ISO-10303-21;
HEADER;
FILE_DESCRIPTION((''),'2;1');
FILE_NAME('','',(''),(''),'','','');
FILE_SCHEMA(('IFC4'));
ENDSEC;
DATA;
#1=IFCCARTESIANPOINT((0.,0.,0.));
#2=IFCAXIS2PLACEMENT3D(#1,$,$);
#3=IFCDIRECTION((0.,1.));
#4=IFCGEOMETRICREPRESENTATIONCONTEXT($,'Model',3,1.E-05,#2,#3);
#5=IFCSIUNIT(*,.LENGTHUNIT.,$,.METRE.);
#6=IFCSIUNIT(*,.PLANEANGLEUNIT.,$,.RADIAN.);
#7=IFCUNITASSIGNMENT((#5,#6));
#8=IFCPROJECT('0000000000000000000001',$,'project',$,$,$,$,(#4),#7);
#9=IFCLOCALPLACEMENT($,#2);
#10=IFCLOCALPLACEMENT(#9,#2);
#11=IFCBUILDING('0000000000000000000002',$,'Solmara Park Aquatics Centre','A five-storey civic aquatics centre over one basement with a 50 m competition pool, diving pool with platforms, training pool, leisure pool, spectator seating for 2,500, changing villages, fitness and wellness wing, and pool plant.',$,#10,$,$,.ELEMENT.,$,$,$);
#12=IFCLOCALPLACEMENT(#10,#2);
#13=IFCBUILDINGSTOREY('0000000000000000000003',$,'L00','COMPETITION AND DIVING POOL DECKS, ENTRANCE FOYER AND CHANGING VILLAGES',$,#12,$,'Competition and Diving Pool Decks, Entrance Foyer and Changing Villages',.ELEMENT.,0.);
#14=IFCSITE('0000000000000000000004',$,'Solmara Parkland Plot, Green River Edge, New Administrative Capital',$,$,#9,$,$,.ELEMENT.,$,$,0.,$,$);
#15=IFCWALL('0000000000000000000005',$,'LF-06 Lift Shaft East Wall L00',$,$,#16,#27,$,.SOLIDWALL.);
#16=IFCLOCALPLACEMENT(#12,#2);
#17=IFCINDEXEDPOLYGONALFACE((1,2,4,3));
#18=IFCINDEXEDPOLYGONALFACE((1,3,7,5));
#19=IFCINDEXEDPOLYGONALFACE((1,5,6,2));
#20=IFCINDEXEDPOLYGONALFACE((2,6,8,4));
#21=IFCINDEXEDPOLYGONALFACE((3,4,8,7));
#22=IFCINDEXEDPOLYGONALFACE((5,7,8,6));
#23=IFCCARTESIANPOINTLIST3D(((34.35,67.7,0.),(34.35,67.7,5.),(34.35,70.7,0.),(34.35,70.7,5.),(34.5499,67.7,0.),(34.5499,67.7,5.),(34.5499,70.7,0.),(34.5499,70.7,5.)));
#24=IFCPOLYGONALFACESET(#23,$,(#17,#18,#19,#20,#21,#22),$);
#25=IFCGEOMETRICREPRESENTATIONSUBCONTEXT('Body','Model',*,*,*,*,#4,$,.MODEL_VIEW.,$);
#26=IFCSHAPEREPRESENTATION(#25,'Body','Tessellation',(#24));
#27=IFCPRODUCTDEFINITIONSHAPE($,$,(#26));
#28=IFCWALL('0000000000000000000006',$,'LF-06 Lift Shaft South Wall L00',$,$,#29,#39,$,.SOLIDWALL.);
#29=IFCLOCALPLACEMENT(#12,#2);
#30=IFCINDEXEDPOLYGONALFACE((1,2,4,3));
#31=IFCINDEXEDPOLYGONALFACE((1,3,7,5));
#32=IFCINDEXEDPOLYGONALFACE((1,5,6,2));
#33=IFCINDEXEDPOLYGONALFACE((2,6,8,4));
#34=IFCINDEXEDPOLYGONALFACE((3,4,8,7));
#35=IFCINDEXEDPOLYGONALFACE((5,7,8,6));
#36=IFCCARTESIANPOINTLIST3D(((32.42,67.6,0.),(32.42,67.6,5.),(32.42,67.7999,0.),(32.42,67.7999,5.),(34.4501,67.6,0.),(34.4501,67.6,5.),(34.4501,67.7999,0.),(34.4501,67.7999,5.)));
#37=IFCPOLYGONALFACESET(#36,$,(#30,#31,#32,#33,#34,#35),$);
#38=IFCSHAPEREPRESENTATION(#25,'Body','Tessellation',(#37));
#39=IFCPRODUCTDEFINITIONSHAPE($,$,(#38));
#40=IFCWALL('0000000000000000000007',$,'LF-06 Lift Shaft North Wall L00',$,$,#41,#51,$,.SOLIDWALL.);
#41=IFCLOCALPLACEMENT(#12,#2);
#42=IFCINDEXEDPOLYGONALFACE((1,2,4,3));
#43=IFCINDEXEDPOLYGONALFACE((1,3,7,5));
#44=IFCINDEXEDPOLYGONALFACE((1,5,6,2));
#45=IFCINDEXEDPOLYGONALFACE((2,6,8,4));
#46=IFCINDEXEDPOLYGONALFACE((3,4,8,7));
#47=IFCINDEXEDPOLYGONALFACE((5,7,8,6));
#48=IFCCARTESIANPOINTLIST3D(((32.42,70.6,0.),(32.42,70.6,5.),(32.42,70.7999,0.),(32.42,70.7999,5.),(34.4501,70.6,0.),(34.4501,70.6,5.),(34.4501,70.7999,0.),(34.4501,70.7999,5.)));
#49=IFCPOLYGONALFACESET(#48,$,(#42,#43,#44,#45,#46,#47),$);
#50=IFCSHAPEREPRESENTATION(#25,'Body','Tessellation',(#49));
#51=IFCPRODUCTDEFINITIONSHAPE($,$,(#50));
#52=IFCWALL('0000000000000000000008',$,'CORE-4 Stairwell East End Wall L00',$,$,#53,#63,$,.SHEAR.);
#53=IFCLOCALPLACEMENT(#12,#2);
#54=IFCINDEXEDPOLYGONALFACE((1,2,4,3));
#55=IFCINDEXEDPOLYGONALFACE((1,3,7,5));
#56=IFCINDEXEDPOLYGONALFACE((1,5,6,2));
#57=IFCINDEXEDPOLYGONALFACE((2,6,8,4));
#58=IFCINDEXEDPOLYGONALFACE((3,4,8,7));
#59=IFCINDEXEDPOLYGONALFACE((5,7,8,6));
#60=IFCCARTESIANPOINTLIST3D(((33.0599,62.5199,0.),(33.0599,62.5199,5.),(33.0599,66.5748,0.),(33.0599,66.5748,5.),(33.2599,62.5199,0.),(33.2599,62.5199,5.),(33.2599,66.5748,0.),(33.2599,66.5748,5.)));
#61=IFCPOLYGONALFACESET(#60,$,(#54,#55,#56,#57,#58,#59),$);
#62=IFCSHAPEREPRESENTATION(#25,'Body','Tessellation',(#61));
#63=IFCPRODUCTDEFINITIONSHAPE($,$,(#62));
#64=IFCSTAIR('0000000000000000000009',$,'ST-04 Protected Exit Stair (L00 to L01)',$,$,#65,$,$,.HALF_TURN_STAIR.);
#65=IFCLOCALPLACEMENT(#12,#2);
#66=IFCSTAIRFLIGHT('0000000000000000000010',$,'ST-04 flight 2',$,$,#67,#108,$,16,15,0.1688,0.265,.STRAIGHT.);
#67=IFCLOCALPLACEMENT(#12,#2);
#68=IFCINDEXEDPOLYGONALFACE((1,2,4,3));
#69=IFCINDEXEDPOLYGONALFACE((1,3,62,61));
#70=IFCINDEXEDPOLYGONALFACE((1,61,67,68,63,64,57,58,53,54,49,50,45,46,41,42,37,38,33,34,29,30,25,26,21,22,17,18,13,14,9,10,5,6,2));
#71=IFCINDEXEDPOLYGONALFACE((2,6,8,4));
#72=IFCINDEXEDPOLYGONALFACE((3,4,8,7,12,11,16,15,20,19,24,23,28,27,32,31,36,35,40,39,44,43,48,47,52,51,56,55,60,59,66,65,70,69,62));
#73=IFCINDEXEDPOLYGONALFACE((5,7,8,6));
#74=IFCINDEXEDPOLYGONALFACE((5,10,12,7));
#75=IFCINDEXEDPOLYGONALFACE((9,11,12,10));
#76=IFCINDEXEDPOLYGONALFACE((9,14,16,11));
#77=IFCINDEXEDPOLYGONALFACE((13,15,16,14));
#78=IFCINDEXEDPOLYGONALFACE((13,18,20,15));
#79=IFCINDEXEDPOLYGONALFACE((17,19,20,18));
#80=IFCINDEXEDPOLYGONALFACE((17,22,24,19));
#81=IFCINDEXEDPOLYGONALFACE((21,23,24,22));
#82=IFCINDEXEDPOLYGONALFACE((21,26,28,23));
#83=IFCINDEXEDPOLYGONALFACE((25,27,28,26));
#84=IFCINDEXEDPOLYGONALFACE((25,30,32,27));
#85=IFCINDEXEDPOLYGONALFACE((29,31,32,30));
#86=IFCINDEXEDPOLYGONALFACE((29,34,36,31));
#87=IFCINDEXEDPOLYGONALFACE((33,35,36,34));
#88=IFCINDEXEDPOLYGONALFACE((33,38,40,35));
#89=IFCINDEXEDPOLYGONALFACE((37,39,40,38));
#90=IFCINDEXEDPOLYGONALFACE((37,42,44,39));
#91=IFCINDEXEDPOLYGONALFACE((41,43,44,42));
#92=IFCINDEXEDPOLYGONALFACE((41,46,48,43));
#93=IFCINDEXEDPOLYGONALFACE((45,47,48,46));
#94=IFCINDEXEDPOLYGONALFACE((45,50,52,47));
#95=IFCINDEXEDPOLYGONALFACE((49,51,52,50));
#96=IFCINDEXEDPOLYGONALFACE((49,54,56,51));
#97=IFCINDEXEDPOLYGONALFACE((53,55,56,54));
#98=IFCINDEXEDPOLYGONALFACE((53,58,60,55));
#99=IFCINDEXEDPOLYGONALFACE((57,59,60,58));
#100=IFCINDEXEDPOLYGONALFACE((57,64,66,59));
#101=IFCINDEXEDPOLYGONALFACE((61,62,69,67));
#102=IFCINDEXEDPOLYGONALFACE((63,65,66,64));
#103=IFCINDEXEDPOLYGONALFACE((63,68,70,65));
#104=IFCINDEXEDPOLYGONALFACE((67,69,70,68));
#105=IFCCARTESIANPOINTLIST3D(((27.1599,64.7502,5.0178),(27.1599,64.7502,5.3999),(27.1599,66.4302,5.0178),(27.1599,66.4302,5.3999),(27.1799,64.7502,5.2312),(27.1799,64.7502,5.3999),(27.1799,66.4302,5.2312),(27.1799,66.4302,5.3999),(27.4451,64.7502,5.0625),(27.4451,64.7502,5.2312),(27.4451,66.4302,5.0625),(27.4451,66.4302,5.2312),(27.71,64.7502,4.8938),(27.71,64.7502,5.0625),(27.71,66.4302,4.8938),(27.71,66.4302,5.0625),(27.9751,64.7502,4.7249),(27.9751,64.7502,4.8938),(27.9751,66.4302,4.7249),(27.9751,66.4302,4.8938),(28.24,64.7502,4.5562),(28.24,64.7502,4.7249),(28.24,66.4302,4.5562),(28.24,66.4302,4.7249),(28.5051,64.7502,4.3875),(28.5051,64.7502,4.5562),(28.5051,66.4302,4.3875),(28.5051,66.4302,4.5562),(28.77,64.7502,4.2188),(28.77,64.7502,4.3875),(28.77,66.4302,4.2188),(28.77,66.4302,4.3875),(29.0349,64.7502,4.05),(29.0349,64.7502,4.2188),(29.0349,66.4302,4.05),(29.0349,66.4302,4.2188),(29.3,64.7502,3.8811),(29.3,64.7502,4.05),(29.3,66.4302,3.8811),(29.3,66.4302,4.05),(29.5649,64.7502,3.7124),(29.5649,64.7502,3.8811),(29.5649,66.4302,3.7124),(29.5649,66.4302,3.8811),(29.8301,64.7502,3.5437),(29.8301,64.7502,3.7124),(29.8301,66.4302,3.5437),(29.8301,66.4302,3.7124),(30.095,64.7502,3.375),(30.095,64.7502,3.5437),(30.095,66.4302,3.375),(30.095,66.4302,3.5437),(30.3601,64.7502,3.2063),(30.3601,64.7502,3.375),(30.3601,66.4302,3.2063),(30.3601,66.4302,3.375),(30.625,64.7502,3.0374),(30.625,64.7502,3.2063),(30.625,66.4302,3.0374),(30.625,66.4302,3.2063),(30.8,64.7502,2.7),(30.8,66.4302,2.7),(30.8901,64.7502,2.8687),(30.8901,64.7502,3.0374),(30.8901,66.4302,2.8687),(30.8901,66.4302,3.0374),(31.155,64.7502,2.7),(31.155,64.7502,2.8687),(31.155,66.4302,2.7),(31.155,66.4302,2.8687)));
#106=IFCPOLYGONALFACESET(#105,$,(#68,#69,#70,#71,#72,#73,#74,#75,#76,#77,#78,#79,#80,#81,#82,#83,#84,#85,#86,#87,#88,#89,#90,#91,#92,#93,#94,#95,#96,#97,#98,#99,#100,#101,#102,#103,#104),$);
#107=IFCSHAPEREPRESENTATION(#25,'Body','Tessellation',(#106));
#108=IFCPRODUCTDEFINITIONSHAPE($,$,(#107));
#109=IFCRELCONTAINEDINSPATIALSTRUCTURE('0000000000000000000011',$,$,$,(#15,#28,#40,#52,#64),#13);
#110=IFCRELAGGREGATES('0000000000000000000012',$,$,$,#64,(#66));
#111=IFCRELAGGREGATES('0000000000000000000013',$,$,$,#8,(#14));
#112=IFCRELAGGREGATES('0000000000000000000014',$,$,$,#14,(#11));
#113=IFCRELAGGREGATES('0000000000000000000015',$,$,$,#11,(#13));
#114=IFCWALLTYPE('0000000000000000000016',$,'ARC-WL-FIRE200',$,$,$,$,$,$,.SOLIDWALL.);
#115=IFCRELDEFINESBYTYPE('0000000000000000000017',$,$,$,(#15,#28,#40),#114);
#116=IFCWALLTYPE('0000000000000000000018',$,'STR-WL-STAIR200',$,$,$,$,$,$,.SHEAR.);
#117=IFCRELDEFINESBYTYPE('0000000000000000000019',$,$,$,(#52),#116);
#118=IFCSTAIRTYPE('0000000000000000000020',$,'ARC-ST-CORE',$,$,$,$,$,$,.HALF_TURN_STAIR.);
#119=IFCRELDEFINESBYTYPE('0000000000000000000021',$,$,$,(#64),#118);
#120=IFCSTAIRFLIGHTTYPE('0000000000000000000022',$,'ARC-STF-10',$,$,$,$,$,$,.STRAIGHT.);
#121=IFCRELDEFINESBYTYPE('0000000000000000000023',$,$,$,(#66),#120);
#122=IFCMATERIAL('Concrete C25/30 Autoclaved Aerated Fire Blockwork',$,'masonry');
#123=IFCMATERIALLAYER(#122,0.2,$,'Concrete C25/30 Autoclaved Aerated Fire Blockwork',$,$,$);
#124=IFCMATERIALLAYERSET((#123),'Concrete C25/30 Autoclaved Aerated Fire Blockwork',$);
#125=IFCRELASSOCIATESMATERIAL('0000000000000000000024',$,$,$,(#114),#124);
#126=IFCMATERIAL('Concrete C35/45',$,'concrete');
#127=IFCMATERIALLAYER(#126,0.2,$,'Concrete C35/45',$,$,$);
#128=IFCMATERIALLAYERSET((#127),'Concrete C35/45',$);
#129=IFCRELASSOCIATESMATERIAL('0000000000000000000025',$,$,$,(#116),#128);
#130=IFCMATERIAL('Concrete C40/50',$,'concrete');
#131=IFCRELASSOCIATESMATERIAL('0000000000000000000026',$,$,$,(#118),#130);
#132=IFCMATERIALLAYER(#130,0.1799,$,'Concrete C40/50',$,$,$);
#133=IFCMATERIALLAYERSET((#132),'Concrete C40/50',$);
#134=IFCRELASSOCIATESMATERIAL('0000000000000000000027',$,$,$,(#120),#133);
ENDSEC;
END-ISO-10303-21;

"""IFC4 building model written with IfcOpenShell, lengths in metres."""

from ifc_helpers import new_model, si_unit, direction, frame, frame_2d, origin, place, context, subcontext, project, spatial, polyline, rectangle, outline, extrude, material, layer, layer_set, type_object, element, aggregate, save


model = new_model("IFC4")

# Units and contexts
model_context = context("Model", 3, precision=1e-05, world=origin(), true_north=direction((0.0, 1.0)))
body_context = subcontext(model_context, "Body", "Model", "MODEL_VIEW")
ifc_project = project(units=[si_unit("LENGTHUNIT", "METRE"), si_unit("PLANEANGLEUNIT", "RADIAN")], contexts=[model_context])

# Site, building, storey
site_placement = place(None, origin())
site = spatial("IfcSite", under=ifc_project, at=site_placement, Name="Solmara Parkland Plot, Green River Edge, New Administrative Capital", CompositionType="ELEMENT", RefElevation=0.0)
building_placement = place(site_placement, origin())
building = spatial("IfcBuilding", under=site, at=building_placement, Name="Solmara Park Aquatics Centre", Description="A five-storey civic aquatics centre over one basement with a 50 m competition pool, diving pool with platforms, training pool, leisure pool, spectator seating for 2,500, changing villages, fitness and wellness wing, and pool plant.", CompositionType="ELEMENT")
storey_placement = place(building_placement, origin())
storey = spatial("IfcBuildingStorey", under=building, at=storey_placement, Name="L00", Description="COMPETITION AND DIVING POOL DECKS, ENTRANCE FOYER AND CHANGING VILLAGES", LongName="Competition and Diving Pool Decks, Entrance Foyer and Changing Villages", CompositionType="ELEMENT", Elevation=0.0)

# Shared definitions
ifc_material_1 = material(Name="Concrete C40/50", Category="concrete")

# Shared definitions
ifc_material_2 = material(Name="Concrete C25/30 Autoclaved Aerated Fire Blockwork", Category="masonry")
ifc_layer_1 = layer(ifc_material_2, 0.2, Name="Concrete C25/30 Autoclaved Aerated Fire Blockwork")
ifc_layer_set_1 = layer_set([ifc_layer_1], Name="Concrete C25/30 Autoclaved Aerated Fire Blockwork")
wall_type_1 = type_object("IfcWallType", Name="ARC-WL-FIRE200", PredefinedType="SOLIDWALL", material=ifc_layer_set_1)

# Walls
wall_1_placement = place(storey_placement, frame((34.45, 67.7, 0.0), z_axis=(0.0, 0.0, 1.0), x_axis=(0.0, 1.0, 0.0)))
element("IfcWall", 1, at=wall_1_placement, inside=storey, type_object=wall_type_1, Name="LF-06 Lift Shaft East Wall L00", PredefinedType="SOLIDWALL", context=body_context, shape_type="SweptSolid", body=[
    extrude(rectangle(XDim=3.0, YDim=0.2, at=frame_2d((1.5, 0.0))), origin(), (0.0, 0.0, 1.0), 5.0),
])
for number, where, z_axis, x_axis, name in (
    (2, (32.4199, 67.7, 0.0), (0.0, 0.0, 1.0), (1.0, 0.0, 0.0), "LF-06 Lift Shaft South Wall L00"),
    (3, (32.4199, 70.7, 0.0), (0.0, 0.0, 1.0), (1.0, 0.0, 0.0), "LF-06 Lift Shaft North Wall L00"),
):
    element("IfcWall", number, at=place(storey_placement, frame(where, z_axis=z_axis, x_axis=x_axis)), inside=storey, type_object=wall_type_1, Name=name, PredefinedType="SOLIDWALL", context=body_context, shape_type="SweptSolid", body=[
        extrude(rectangle(XDim=2.03, YDim=0.2, at=frame_2d((1.0151, 0.0))), origin(), (0.0, 0.0, 1.0), 5.0),
    ])
ifc_material_3 = material(Name="Concrete C35/45", Category="concrete")
ifc_layer_2 = layer(ifc_material_3, 0.2, Name="Concrete C35/45")
ifc_layer_set_2 = layer_set([ifc_layer_2], Name="Concrete C35/45")
wall_type_2 = type_object("IfcWallType", Name="STR-WL-STAIR200", PredefinedType="SHEAR", material=ifc_layer_set_2)
wall_2_placement = place(storey_placement, frame((33.1599, 62.52, 0.0), z_axis=(0.0, 0.0, 1.0), x_axis=(0.0, 1.0, 0.0)))
element("IfcWall", 4, at=wall_2_placement, inside=storey, type_object=wall_type_2, Name="CORE-4 Stairwell East End Wall L00", PredefinedType="SHEAR", context=body_context, shape_type="SweptSolid", body=[
    extrude(rectangle(XDim=4.0549, YDim=0.2, at=frame_2d((2.0273, 0.0))), origin(), (0.0, 0.0, 1.0), 5.0),
])

# Stair, stair flight
stair_type = type_object("IfcStairType", Name="ARC-ST-CORE", PredefinedType="HALF_TURN_STAIR", material=ifc_material_1)
stair_placement = place(storey_placement, origin())
stair = element("IfcStair", 5, at=stair_placement, inside=storey, type_object=stair_type, Name="ST-04 Protected Exit Stair (L00 to L01)", PredefinedType="HALF_TURN_STAIR")
ifc_layer_3 = layer(ifc_material_1, 0.1799, Name="Concrete C40/50")
ifc_layer_set_3 = layer_set([ifc_layer_3], Name="Concrete C40/50")
stair_flight_type = type_object("IfcStairFlightType", Name="ARC-STF-10", PredefinedType="STRAIGHT", material=ifc_layer_set_3)
stair_flight_placement = place(storey_placement, frame((31.155, 65.5901, 2.7), z_axis=(0.0, 0.0, 1.0), x_axis=(-1.0, 0.0, 0.0)))
stair_flight = element("IfcStairFlight", 6, at=stair_flight_placement, type_object=stair_flight_type, Name="ST-04 flight 2", NumberOfRisers=16, NumberOfTreads=15, PredefinedType="STRAIGHT", RiserHeight=0.1688, TreadLength=0.265, context=body_context, shape_type="SweptSolid", body=[
    extrude(outline(polyline([(0.0, 0.0), (0.0, 0.1687), (0.2649, 0.1687), (0.2649, 0.3374), (0.53, 0.3374), (0.53, 0.5063), (0.7949, 0.5063), (0.7949, 0.675), (1.0601, 0.675), (1.0601, 0.8438), (1.325, 0.8438), (1.325, 1.0125), (1.5901, 1.0125), (1.5901, 1.1812), (1.855, 1.1812), (1.855, 1.3501), (2.1201, 1.3501), (2.1201, 1.5188), (2.385, 1.5188), (2.385, 1.6875), (2.6499, 1.6875), (2.6499, 1.8562), (2.915, 1.8562), (2.915, 2.0249), (3.1799, 2.0249), (3.1799, 2.1938), (3.4451, 2.1938), (3.4451, 2.3625), (3.71, 2.3625), (3.71, 2.5312), (3.9751, 2.5312), (3.9751, 2.7), (3.9951, 2.7), (3.9951, 2.3179), (0.355, 0.0), (0.0, 0.0)])), frame((0.0, 0.8398, 0.0), z_axis=(0.0, -1.0, 0.0), x_axis=(1.0, 0.0, 0.0)), (0.0, 0.0, 1.0), 1.6799),
])
aggregate(stair, [stair_flight])

save(model, "model.ifc")
